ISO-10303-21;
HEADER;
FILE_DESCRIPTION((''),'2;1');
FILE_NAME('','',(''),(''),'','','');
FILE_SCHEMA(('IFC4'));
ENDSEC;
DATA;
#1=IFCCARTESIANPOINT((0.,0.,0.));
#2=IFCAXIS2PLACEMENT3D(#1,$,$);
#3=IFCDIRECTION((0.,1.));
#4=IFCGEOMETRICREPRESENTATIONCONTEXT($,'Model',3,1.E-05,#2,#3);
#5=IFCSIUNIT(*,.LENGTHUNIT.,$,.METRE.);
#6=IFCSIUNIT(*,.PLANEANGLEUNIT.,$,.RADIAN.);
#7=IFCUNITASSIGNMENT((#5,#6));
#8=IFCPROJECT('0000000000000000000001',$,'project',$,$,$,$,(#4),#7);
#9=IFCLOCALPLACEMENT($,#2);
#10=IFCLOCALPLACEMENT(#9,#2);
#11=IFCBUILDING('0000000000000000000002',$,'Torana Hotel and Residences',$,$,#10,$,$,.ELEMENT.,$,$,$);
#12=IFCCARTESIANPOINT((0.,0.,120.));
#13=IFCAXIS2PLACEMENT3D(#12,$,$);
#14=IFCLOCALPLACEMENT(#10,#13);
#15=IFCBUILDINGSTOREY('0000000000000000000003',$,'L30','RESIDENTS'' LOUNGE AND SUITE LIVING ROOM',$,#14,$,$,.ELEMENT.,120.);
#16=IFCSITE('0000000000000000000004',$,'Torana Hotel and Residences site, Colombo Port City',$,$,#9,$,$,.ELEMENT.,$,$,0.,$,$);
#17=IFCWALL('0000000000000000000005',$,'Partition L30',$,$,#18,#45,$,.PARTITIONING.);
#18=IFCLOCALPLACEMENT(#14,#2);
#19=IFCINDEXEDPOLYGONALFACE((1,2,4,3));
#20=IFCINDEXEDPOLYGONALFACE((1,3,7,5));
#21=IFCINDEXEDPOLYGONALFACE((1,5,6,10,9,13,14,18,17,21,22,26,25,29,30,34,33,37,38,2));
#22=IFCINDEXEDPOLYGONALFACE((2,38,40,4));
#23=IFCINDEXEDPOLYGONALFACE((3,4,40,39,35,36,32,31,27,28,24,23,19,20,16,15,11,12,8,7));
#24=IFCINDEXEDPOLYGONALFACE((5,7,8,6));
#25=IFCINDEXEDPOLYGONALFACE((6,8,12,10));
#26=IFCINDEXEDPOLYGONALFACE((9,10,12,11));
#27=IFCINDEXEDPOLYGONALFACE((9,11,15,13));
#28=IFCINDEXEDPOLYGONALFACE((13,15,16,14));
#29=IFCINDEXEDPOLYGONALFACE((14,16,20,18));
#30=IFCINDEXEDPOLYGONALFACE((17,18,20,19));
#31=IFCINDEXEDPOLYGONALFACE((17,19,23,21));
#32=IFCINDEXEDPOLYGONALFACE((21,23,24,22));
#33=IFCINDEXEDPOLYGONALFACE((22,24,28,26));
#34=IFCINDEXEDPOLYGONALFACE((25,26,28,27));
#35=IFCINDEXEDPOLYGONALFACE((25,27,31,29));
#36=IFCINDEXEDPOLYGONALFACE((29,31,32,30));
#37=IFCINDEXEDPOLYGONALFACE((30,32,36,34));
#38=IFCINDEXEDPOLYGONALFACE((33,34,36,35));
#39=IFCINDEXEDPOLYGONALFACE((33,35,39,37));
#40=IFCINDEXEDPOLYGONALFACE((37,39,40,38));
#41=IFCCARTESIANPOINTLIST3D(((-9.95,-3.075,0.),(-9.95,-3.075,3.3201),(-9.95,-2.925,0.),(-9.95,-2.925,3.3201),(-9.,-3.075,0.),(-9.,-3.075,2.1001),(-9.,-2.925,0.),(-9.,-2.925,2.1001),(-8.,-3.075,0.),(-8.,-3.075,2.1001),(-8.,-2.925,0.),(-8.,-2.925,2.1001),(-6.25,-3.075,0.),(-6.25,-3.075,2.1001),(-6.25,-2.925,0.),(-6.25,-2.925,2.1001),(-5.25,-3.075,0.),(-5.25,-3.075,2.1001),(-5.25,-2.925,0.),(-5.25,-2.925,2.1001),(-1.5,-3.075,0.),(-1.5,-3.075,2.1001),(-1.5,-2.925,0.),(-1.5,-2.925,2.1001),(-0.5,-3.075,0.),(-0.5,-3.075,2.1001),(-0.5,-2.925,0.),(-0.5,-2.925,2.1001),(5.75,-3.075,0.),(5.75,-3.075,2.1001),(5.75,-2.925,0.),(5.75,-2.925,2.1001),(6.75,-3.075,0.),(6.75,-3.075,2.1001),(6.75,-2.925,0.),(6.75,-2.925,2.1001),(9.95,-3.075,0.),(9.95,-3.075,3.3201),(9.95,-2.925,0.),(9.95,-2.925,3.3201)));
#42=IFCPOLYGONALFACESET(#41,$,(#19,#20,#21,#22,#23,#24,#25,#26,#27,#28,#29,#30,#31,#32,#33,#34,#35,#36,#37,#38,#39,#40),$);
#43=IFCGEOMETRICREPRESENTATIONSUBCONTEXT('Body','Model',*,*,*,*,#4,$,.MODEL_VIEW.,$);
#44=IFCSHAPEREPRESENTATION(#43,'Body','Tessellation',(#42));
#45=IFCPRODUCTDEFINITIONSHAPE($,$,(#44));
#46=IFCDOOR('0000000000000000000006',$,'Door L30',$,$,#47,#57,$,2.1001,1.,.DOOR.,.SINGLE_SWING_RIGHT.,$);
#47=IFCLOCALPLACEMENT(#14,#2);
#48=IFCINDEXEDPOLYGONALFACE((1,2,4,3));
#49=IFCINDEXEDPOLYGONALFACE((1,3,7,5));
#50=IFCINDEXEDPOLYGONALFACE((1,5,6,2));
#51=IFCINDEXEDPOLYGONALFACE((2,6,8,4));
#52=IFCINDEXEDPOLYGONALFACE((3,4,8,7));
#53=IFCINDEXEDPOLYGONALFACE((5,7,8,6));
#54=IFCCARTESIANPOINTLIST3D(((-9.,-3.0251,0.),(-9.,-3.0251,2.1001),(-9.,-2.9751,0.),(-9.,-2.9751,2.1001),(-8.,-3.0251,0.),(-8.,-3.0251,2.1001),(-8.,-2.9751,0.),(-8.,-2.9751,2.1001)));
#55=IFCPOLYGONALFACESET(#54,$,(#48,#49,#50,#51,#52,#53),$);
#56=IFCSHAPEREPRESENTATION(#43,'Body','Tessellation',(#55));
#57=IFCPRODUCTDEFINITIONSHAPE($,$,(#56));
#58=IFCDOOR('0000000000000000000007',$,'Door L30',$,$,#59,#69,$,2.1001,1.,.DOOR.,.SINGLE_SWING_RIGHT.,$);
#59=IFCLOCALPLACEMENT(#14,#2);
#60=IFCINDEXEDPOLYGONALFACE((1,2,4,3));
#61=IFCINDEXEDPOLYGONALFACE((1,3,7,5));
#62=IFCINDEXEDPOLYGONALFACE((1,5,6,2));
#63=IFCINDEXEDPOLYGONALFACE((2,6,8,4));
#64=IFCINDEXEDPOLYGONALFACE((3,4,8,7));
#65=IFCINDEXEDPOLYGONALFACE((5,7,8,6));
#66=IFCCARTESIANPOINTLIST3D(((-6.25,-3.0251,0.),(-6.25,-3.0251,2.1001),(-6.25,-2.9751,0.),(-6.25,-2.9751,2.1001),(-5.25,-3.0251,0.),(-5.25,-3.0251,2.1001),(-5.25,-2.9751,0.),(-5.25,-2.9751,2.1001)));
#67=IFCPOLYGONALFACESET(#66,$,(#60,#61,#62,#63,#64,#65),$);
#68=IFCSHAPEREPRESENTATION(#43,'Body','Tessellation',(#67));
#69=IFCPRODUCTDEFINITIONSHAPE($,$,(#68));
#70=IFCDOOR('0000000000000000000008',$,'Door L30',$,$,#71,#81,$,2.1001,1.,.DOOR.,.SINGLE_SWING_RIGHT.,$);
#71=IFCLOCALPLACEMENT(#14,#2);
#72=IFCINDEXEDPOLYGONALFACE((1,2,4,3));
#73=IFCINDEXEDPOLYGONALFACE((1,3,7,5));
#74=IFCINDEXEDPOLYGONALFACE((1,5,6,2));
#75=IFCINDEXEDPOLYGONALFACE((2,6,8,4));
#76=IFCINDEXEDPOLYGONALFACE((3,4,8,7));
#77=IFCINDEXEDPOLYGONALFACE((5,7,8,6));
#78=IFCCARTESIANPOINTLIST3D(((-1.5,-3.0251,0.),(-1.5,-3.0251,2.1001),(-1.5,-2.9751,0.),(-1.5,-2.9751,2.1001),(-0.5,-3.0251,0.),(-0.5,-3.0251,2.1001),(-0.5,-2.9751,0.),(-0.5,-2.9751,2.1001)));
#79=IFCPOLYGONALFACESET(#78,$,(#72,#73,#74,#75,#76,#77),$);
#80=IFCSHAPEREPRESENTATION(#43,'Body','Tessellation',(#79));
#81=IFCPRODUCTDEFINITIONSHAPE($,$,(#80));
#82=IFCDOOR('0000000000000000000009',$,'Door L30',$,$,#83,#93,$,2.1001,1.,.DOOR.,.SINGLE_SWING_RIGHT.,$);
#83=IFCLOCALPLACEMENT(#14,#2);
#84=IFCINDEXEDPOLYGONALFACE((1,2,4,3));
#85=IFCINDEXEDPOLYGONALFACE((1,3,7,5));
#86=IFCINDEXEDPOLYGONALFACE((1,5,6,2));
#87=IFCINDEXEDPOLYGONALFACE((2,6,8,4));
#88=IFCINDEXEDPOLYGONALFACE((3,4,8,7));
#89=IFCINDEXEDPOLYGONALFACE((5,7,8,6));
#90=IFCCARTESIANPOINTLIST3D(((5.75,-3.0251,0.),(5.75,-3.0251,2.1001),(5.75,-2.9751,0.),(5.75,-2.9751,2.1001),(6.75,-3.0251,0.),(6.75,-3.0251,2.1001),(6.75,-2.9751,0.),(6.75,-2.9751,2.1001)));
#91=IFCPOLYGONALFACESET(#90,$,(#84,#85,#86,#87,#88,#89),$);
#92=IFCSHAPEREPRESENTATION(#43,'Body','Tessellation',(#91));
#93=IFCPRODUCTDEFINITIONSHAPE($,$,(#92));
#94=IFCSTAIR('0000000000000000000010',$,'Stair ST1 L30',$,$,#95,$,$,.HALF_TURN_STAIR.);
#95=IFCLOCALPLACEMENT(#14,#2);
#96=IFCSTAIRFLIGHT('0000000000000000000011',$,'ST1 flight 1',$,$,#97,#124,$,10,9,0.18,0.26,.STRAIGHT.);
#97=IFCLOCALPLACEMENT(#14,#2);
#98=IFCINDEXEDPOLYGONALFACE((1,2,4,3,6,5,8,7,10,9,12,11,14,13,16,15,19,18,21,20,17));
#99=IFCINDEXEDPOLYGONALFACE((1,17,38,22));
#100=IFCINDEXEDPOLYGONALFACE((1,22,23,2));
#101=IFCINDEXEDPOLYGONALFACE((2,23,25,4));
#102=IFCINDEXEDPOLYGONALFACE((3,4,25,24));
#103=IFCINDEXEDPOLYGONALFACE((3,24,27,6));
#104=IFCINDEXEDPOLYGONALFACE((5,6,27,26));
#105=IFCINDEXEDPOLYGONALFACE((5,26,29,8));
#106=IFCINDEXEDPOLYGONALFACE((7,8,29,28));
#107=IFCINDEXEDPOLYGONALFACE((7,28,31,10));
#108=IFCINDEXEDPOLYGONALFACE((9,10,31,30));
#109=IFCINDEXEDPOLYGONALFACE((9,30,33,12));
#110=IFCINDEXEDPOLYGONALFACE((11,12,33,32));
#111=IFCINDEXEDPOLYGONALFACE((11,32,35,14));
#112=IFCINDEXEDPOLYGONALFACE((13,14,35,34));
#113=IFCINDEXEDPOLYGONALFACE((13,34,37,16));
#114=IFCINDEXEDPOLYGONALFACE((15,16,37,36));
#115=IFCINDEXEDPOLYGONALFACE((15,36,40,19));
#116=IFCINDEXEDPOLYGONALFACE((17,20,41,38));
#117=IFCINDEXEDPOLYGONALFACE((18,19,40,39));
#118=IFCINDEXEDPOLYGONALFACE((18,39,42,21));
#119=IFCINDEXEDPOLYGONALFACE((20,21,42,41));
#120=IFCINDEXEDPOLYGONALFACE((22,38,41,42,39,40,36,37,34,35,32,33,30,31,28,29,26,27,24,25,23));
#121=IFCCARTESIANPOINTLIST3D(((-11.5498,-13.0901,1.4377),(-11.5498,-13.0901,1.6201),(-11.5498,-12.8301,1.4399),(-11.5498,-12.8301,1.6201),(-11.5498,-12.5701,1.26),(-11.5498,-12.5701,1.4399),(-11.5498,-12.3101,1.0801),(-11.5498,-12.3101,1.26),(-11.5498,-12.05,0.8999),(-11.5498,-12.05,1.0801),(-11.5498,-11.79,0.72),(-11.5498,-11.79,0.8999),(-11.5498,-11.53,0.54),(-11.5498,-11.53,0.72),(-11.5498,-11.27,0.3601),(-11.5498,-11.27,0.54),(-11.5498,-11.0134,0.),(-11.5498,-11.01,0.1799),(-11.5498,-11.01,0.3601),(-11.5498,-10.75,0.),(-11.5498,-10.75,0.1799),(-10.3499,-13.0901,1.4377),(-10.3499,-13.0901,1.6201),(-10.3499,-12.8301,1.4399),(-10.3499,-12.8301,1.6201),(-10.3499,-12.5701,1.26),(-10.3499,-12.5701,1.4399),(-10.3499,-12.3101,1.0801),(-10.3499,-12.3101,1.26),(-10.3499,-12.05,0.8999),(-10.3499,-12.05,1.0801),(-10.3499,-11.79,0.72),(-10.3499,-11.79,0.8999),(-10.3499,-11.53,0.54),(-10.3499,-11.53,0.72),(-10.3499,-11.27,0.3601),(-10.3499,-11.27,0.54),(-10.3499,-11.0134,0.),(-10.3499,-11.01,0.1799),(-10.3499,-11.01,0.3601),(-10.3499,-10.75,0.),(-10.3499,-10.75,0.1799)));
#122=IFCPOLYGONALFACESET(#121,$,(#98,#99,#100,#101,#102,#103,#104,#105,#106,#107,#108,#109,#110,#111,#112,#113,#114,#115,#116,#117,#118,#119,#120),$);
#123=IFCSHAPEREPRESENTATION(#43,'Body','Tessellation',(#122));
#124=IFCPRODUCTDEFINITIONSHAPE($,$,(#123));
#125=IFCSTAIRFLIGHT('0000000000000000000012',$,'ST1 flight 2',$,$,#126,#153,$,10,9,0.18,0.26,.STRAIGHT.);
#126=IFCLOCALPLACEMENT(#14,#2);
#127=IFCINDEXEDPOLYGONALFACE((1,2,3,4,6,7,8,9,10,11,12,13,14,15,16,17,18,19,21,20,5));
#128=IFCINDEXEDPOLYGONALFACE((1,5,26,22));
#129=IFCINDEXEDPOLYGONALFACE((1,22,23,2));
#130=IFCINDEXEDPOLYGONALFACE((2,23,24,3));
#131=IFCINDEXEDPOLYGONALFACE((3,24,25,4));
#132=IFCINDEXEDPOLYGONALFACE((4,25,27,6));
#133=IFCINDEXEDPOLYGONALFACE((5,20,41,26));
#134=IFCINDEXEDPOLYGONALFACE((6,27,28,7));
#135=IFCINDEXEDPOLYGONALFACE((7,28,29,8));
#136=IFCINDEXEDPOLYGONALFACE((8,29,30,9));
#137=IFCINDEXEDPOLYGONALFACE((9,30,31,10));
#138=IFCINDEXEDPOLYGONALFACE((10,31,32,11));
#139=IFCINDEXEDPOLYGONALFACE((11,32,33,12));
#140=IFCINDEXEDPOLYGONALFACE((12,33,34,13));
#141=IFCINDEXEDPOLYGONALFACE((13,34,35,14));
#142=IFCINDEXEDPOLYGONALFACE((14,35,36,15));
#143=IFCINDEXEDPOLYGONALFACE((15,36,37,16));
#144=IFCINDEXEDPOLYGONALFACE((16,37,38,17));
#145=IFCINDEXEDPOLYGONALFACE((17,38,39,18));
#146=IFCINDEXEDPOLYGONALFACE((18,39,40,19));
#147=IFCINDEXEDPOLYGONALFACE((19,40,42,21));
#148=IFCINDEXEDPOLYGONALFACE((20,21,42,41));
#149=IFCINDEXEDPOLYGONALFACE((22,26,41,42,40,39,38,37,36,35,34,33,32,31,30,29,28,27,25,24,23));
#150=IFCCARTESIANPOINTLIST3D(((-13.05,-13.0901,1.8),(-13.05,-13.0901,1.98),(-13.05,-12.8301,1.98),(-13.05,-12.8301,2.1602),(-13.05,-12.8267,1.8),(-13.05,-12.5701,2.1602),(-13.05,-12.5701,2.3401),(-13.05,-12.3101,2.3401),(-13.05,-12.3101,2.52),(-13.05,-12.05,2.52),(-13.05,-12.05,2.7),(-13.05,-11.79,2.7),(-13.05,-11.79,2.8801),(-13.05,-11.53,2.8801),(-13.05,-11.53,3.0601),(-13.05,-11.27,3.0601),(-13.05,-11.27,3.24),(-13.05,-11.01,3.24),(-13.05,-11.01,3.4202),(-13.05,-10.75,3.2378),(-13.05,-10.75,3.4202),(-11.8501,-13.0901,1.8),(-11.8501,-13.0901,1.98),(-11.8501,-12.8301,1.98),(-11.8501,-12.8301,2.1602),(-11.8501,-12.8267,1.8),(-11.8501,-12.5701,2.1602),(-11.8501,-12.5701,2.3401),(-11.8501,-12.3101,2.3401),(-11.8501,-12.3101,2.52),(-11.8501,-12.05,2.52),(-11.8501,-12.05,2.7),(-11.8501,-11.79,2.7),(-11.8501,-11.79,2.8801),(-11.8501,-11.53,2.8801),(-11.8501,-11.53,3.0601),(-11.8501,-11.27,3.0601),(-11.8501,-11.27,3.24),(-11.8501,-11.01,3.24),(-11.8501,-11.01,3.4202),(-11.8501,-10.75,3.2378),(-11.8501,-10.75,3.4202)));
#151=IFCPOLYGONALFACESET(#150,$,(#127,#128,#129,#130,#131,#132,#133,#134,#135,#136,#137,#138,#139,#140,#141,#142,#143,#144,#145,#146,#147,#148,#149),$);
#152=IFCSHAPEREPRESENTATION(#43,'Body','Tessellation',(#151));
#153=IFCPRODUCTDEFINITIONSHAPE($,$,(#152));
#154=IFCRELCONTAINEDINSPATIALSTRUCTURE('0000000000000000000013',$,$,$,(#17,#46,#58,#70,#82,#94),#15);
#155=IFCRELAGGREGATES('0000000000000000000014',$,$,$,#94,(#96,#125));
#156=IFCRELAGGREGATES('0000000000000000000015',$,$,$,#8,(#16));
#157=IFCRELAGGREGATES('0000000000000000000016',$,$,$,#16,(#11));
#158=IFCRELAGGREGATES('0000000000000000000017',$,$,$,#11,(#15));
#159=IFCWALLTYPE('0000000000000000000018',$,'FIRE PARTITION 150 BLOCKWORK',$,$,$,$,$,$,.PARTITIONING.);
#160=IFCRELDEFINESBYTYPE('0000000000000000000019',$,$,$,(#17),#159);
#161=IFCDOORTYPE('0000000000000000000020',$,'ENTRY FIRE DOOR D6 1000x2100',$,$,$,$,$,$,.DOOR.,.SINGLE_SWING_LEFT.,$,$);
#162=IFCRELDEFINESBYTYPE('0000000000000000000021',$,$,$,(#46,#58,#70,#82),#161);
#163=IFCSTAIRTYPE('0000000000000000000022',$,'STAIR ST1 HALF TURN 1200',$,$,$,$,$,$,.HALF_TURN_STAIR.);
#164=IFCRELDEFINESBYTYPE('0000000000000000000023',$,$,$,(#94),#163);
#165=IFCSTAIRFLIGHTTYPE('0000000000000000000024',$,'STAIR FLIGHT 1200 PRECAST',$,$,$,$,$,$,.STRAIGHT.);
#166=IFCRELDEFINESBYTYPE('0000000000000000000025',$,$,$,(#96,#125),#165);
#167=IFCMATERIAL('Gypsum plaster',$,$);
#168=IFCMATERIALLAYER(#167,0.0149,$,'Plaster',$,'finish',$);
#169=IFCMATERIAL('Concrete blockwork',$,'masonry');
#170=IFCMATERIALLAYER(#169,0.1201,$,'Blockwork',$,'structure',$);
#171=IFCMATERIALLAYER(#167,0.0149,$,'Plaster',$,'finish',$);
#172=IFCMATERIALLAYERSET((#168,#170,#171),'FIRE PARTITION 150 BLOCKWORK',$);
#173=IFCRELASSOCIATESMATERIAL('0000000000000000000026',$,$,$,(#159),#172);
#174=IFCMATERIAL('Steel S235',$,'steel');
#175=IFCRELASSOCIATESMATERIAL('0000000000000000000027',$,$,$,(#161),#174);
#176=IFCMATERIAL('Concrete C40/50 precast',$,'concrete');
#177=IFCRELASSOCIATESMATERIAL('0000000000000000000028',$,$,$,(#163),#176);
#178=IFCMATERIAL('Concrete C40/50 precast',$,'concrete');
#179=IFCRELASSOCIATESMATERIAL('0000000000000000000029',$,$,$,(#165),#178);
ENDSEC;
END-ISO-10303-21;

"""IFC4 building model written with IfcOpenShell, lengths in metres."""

from ifc_helpers import new_model, si_unit, direction, frame, frame_2d, origin, place, context, subcontext, project, spatial, polyline, rectangle, outline, extrude, material, layer, layer_set, type_object, element, fill, aggregate, save


model = new_model("IFC4")

# Units and contexts
model_context = context("Model", 3, precision=1e-05, world=origin(), true_north=direction((0.0, 1.0)))
body_context = subcontext(model_context, "Body", "Model", "MODEL_VIEW")
ifc_project = project(units=[si_unit("LENGTHUNIT", "METRE"), si_unit("PLANEANGLEUNIT", "RADIAN")], contexts=[model_context])

# Site, building, storey
site_placement = place(None, origin())
site = spatial("IfcSite", under=ifc_project, at=site_placement, Name="Torana Hotel and Residences site, Colombo Port City", CompositionType="ELEMENT", RefElevation=0.0)
building_placement = place(site_placement, origin())
building = spatial("IfcBuilding", under=site, at=building_placement, Name="Torana Hotel and Residences", CompositionType="ELEMENT")
storey_placement = place(building_placement, frame((0.0, 0.0, 120.0)))
storey = spatial("IfcBuildingStorey", under=building, at=storey_placement, Name="L30", Description="RESIDENTS' LOUNGE AND SUITE LIVING ROOM", CompositionType="ELEMENT", Elevation=120.0)

# Shared definitions
ifc_material_1 = material(Name="Gypsum plaster")
ifc_layer_1 = layer(ifc_material_1, 0.0149, Name="Plaster", Category="finish")
ifc_material_2 = material(Name="Concrete blockwork", Category="masonry")
ifc_layer_2 = layer(ifc_material_2, 0.1201, Name="Blockwork", Category="structure")
ifc_layer_3 = layer(ifc_material_1, 0.0149, Name="Plaster", Category="finish")
ifc_layer_set_1 = layer_set([ifc_layer_1, ifc_layer_2, ifc_layer_3], Name="FIRE PARTITION 150 BLOCKWORK")
wall_type_1 = type_object("IfcWallType", Name="FIRE PARTITION 150 BLOCKWORK", PredefinedType="PARTITIONING", material=ifc_layer_set_1)

# Wall, openings, doors
ifc_material_3 = material(Name="Steel S235", Category="steel")
door_type_1 = type_object("IfcDoorType", Name="ENTRY FIRE DOOR D6 1000x2100", OperationType="SINGLE_SWING_LEFT", PredefinedType="DOOR", material=ifc_material_3)
wall_1_placement = place(storey_placement, frame((-9.95, -3.0, 0.0), z_axis=(0.0, 0.0, 1.0), x_axis=(1.0, 0.0, 0.0)))
wall_1 = element("IfcWall", 1, at=wall_1_placement, inside=storey, type_object=wall_type_1, Name="Partition L30", PredefinedType="PARTITIONING", context=body_context, shape_type="SweptSolid", body=[
    extrude(rectangle(XDim=19.8999, YDim=0.1499, at=frame_2d((9.95, 0.0))), origin(), (0.0, 0.0, 1.0), 3.3201),
])
opening_1_placement = place(wall_1_placement, frame((0.95, 0.0, 0.0)))
opening_1 = element("IfcOpeningElement", 2, at=opening_1_placement, cuts=wall_1, PredefinedType="OPENING", context=body_context, shape_type="SweptSolid", body=[
    extrude(rectangle(XDim=1.0, YDim=2.1001, at=frame_2d((0.5, 1.05))), frame((0.0, 0.085, 0.0), z_axis=(0.0, -1.0, 0.0), x_axis=(1.0, 0.0, 0.0)), (0.0, 0.0, 1.0), 0.1699),
])
opening_2_placement = place(wall_1_placement, frame((3.7, 0.0, 0.0)))
opening_2 = element("IfcOpeningElement", 3, at=opening_2_placement, cuts=wall_1, PredefinedType="OPENING", context=body_context, shape_type="SweptSolid", body=[
    extrude(rectangle(XDim=1.0, YDim=2.1001, at=frame_2d((0.5, 1.05))), frame((0.0, 0.085, 0.0), z_axis=(0.0, -1.0, 0.0), x_axis=(1.0, 0.0, 0.0)), (0.0, 0.0, 1.0), 0.1699),
])
opening_3_placement = place(wall_1_placement, frame((8.45, 0.0, 0.0)))
opening_3 = element("IfcOpeningElement", 4, at=opening_3_placement, cuts=wall_1, PredefinedType="OPENING", context=body_context, shape_type="SweptSolid", body=[
    extrude(rectangle(XDim=1.0, YDim=2.1001, at=frame_2d((0.5, 1.05))), frame((0.0, 0.085, 0.0), z_axis=(0.0, -1.0, 0.0), x_axis=(1.0, 0.0, 0.0)), (0.0, 0.0, 1.0), 0.1699),
])
opening_4_placement = place(wall_1_placement, frame((15.7, 0.0, 0.0)))
opening_4 = element("IfcOpeningElement", 5, at=opening_4_placement, cuts=wall_1, PredefinedType="OPENING", context=body_context, shape_type="SweptSolid", body=[
    extrude(rectangle(XDim=1.0, YDim=2.1001, at=frame_2d((0.5, 1.05))), frame((0.0, 0.085, 0.0), z_axis=(0.0, -1.0, 0.0), x_axis=(1.0, 0.0, 0.0)), (0.0, 0.0, 1.0), 0.1699),
])
door_1_placement = place(opening_1_placement, origin())
door_1 = element("IfcDoor", 6, at=door_1_placement, inside=storey, type_object=door_type_1, Name="Door L30", OperationType="SINGLE_SWING_RIGHT", OverallHeight=2.1001, OverallWidth=1.0, PredefinedType="DOOR", context=body_context, shape_type="SweptSolid", body=[
    extrude(rectangle(XDim=1.0, YDim=2.1001, at=frame_2d((0.5, 1.05))), frame((0.0, 0.0249, 0.0), z_axis=(0.0, -1.0, 0.0), x_axis=(1.0, 0.0, 0.0)), (0.0, 0.0, 1.0), 0.05),
])
fill(opening_1, door_1)
door_2_placement = place(opening_2_placement, origin())
door_2 = element("IfcDoor", 7, at=door_2_placement, inside=storey, type_object=door_type_1, Name="Door L30", OperationType="SINGLE_SWING_RIGHT", OverallHeight=2.1001, OverallWidth=1.0, PredefinedType="DOOR", context=body_context, shape_type="SweptSolid", body=[
    extrude(rectangle(XDim=1.0, YDim=2.1001, at=frame_2d((0.5, 1.05))), frame((0.0, 0.0249, 0.0), z_axis=(0.0, -1.0, 0.0), x_axis=(1.0, 0.0, 0.0)), (0.0, 0.0, 1.0), 0.05),
])
fill(opening_2, door_2)
door_3_placement = place(opening_3_placement, origin())
door_3 = element("IfcDoor", 8, at=door_3_placement, inside=storey, type_object=door_type_1, Name="Door L30", OperationType="SINGLE_SWING_RIGHT", OverallHeight=2.1001, OverallWidth=1.0, PredefinedType="DOOR", context=body_context, shape_type="SweptSolid", body=[
    extrude(rectangle(XDim=1.0, YDim=2.1001, at=frame_2d((0.5, 1.05))), frame((0.0, 0.0249, 0.0), z_axis=(0.0, -1.0, 0.0), x_axis=(1.0, 0.0, 0.0)), (0.0, 0.0, 1.0), 0.05),
])
fill(opening_3, door_3)
door_4_placement = place(opening_4_placement, origin())
door_4 = element("IfcDoor", 9, at=door_4_placement, inside=storey, type_object=door_type_1, Name="Door L30", OperationType="SINGLE_SWING_RIGHT", OverallHeight=2.1001, OverallWidth=1.0, PredefinedType="DOOR", context=body_context, shape_type="SweptSolid", body=[
    extrude(rectangle(XDim=1.0, YDim=2.1001, at=frame_2d((0.5, 1.05))), frame((0.0, 0.0249, 0.0), z_axis=(0.0, -1.0, 0.0), x_axis=(1.0, 0.0, 0.0)), (0.0, 0.0, 1.0), 0.05),
])
fill(opening_4, door_4)

# Stair, stair flights
ifc_material_4 = material(Name="Concrete C40/50 precast", Category="concrete")
stair_type = type_object("IfcStairType", Name="STAIR ST1 HALF TURN 1200", PredefinedType="HALF_TURN_STAIR", material=ifc_material_4)
stair_placement = place(storey_placement, origin())
stair = element("IfcStair", 10, at=stair_placement, inside=storey, type_object=stair_type, Name="Stair ST1 L30", PredefinedType="HALF_TURN_STAIR")
ifc_material_5 = material(Name="Concrete C40/50 precast", Category="concrete")
stair_flight_type = type_object("IfcStairFlightType", Name="STAIR FLIGHT 1200 PRECAST", PredefinedType="STRAIGHT", material=ifc_material_5)
stair_flight_1_placement = place(storey_placement, frame((-10.95, -10.75, 0.0), z_axis=(0.0, 0.0, 1.0), x_axis=(0.0, -1.0, 0.0)))
stair_flight_1 = element("IfcStairFlight", 11, at=stair_flight_1_placement, type_object=stair_flight_type, Name="ST1 flight 1", NumberOfRisers=10, NumberOfTreads=9, PredefinedType="STRAIGHT", RiserHeight=0.18, TreadLength=0.26, context=body_context, shape_type="SweptSolid", body=[
    extrude(outline(polyline([(0.0, 0.0), (0.0, 0.1799), (0.26, 0.1799), (0.26, 0.3601), (0.52, 0.3601), (0.52, 0.54), (0.78, 0.54), (0.78, 0.72), (1.04, 0.72), (1.04, 0.8999), (1.3, 0.8999), (1.3, 1.0801), (1.5601, 1.0801), (1.5601, 1.26), (1.8201, 1.26), (1.8201, 1.4399), (2.0801, 1.4399), (2.0801, 1.6201), (2.3401, 1.6201), (2.3401, 1.8), (2.3401, 1.4377), (0.2634, 0.0), (0.0, 0.0)])), frame((0.0, 0.6001, 0.0), z_axis=(0.0, -1.0, 0.0), x_axis=(1.0, 0.0, 0.0)), (0.0, 0.0, 1.0), 1.2),
])
stair_flight_2_placement = place(storey_placement, frame((-12.45, -13.0901, 1.8), z_axis=(0.0, 0.0, 1.0), x_axis=(0.0, 1.0, 0.0)))
stair_flight_2 = element("IfcStairFlight", 12, at=stair_flight_2_placement, type_object=stair_flight_type, Name="ST1 flight 2", NumberOfRisers=10, NumberOfTreads=9, PredefinedType="STRAIGHT", RiserHeight=0.18, TreadLength=0.26, context=body_context, shape_type="SweptSolid", body=[
    extrude(outline(polyline([(0.0, 0.0), (0.0, 0.1799), (0.26, 0.1799), (0.26, 0.3601), (0.52, 0.3601), (0.52, 0.54), (0.78, 0.54), (0.78, 0.72), (1.04, 0.72), (1.04, 0.8999), (1.3, 0.8999), (1.3, 1.0801), (1.5601, 1.0801), (1.5601, 1.26), (1.8201, 1.26), (1.8201, 1.4399), (2.0801, 1.4399), (2.0801, 1.6201), (2.3401, 1.6201), (2.3401, 1.8), (2.3401, 1.4377), (0.2634, 0.0), (0.0, 0.0)])), frame((0.0, 0.6001, 0.0), z_axis=(0.0, -1.0, 0.0), x_axis=(1.0, 0.0, 0.0)), (0.0, 0.0, 1.0), 1.2),
])
aggregate(stair, [stair_flight_1, stair_flight_2])

save(model, "model.ifc")
